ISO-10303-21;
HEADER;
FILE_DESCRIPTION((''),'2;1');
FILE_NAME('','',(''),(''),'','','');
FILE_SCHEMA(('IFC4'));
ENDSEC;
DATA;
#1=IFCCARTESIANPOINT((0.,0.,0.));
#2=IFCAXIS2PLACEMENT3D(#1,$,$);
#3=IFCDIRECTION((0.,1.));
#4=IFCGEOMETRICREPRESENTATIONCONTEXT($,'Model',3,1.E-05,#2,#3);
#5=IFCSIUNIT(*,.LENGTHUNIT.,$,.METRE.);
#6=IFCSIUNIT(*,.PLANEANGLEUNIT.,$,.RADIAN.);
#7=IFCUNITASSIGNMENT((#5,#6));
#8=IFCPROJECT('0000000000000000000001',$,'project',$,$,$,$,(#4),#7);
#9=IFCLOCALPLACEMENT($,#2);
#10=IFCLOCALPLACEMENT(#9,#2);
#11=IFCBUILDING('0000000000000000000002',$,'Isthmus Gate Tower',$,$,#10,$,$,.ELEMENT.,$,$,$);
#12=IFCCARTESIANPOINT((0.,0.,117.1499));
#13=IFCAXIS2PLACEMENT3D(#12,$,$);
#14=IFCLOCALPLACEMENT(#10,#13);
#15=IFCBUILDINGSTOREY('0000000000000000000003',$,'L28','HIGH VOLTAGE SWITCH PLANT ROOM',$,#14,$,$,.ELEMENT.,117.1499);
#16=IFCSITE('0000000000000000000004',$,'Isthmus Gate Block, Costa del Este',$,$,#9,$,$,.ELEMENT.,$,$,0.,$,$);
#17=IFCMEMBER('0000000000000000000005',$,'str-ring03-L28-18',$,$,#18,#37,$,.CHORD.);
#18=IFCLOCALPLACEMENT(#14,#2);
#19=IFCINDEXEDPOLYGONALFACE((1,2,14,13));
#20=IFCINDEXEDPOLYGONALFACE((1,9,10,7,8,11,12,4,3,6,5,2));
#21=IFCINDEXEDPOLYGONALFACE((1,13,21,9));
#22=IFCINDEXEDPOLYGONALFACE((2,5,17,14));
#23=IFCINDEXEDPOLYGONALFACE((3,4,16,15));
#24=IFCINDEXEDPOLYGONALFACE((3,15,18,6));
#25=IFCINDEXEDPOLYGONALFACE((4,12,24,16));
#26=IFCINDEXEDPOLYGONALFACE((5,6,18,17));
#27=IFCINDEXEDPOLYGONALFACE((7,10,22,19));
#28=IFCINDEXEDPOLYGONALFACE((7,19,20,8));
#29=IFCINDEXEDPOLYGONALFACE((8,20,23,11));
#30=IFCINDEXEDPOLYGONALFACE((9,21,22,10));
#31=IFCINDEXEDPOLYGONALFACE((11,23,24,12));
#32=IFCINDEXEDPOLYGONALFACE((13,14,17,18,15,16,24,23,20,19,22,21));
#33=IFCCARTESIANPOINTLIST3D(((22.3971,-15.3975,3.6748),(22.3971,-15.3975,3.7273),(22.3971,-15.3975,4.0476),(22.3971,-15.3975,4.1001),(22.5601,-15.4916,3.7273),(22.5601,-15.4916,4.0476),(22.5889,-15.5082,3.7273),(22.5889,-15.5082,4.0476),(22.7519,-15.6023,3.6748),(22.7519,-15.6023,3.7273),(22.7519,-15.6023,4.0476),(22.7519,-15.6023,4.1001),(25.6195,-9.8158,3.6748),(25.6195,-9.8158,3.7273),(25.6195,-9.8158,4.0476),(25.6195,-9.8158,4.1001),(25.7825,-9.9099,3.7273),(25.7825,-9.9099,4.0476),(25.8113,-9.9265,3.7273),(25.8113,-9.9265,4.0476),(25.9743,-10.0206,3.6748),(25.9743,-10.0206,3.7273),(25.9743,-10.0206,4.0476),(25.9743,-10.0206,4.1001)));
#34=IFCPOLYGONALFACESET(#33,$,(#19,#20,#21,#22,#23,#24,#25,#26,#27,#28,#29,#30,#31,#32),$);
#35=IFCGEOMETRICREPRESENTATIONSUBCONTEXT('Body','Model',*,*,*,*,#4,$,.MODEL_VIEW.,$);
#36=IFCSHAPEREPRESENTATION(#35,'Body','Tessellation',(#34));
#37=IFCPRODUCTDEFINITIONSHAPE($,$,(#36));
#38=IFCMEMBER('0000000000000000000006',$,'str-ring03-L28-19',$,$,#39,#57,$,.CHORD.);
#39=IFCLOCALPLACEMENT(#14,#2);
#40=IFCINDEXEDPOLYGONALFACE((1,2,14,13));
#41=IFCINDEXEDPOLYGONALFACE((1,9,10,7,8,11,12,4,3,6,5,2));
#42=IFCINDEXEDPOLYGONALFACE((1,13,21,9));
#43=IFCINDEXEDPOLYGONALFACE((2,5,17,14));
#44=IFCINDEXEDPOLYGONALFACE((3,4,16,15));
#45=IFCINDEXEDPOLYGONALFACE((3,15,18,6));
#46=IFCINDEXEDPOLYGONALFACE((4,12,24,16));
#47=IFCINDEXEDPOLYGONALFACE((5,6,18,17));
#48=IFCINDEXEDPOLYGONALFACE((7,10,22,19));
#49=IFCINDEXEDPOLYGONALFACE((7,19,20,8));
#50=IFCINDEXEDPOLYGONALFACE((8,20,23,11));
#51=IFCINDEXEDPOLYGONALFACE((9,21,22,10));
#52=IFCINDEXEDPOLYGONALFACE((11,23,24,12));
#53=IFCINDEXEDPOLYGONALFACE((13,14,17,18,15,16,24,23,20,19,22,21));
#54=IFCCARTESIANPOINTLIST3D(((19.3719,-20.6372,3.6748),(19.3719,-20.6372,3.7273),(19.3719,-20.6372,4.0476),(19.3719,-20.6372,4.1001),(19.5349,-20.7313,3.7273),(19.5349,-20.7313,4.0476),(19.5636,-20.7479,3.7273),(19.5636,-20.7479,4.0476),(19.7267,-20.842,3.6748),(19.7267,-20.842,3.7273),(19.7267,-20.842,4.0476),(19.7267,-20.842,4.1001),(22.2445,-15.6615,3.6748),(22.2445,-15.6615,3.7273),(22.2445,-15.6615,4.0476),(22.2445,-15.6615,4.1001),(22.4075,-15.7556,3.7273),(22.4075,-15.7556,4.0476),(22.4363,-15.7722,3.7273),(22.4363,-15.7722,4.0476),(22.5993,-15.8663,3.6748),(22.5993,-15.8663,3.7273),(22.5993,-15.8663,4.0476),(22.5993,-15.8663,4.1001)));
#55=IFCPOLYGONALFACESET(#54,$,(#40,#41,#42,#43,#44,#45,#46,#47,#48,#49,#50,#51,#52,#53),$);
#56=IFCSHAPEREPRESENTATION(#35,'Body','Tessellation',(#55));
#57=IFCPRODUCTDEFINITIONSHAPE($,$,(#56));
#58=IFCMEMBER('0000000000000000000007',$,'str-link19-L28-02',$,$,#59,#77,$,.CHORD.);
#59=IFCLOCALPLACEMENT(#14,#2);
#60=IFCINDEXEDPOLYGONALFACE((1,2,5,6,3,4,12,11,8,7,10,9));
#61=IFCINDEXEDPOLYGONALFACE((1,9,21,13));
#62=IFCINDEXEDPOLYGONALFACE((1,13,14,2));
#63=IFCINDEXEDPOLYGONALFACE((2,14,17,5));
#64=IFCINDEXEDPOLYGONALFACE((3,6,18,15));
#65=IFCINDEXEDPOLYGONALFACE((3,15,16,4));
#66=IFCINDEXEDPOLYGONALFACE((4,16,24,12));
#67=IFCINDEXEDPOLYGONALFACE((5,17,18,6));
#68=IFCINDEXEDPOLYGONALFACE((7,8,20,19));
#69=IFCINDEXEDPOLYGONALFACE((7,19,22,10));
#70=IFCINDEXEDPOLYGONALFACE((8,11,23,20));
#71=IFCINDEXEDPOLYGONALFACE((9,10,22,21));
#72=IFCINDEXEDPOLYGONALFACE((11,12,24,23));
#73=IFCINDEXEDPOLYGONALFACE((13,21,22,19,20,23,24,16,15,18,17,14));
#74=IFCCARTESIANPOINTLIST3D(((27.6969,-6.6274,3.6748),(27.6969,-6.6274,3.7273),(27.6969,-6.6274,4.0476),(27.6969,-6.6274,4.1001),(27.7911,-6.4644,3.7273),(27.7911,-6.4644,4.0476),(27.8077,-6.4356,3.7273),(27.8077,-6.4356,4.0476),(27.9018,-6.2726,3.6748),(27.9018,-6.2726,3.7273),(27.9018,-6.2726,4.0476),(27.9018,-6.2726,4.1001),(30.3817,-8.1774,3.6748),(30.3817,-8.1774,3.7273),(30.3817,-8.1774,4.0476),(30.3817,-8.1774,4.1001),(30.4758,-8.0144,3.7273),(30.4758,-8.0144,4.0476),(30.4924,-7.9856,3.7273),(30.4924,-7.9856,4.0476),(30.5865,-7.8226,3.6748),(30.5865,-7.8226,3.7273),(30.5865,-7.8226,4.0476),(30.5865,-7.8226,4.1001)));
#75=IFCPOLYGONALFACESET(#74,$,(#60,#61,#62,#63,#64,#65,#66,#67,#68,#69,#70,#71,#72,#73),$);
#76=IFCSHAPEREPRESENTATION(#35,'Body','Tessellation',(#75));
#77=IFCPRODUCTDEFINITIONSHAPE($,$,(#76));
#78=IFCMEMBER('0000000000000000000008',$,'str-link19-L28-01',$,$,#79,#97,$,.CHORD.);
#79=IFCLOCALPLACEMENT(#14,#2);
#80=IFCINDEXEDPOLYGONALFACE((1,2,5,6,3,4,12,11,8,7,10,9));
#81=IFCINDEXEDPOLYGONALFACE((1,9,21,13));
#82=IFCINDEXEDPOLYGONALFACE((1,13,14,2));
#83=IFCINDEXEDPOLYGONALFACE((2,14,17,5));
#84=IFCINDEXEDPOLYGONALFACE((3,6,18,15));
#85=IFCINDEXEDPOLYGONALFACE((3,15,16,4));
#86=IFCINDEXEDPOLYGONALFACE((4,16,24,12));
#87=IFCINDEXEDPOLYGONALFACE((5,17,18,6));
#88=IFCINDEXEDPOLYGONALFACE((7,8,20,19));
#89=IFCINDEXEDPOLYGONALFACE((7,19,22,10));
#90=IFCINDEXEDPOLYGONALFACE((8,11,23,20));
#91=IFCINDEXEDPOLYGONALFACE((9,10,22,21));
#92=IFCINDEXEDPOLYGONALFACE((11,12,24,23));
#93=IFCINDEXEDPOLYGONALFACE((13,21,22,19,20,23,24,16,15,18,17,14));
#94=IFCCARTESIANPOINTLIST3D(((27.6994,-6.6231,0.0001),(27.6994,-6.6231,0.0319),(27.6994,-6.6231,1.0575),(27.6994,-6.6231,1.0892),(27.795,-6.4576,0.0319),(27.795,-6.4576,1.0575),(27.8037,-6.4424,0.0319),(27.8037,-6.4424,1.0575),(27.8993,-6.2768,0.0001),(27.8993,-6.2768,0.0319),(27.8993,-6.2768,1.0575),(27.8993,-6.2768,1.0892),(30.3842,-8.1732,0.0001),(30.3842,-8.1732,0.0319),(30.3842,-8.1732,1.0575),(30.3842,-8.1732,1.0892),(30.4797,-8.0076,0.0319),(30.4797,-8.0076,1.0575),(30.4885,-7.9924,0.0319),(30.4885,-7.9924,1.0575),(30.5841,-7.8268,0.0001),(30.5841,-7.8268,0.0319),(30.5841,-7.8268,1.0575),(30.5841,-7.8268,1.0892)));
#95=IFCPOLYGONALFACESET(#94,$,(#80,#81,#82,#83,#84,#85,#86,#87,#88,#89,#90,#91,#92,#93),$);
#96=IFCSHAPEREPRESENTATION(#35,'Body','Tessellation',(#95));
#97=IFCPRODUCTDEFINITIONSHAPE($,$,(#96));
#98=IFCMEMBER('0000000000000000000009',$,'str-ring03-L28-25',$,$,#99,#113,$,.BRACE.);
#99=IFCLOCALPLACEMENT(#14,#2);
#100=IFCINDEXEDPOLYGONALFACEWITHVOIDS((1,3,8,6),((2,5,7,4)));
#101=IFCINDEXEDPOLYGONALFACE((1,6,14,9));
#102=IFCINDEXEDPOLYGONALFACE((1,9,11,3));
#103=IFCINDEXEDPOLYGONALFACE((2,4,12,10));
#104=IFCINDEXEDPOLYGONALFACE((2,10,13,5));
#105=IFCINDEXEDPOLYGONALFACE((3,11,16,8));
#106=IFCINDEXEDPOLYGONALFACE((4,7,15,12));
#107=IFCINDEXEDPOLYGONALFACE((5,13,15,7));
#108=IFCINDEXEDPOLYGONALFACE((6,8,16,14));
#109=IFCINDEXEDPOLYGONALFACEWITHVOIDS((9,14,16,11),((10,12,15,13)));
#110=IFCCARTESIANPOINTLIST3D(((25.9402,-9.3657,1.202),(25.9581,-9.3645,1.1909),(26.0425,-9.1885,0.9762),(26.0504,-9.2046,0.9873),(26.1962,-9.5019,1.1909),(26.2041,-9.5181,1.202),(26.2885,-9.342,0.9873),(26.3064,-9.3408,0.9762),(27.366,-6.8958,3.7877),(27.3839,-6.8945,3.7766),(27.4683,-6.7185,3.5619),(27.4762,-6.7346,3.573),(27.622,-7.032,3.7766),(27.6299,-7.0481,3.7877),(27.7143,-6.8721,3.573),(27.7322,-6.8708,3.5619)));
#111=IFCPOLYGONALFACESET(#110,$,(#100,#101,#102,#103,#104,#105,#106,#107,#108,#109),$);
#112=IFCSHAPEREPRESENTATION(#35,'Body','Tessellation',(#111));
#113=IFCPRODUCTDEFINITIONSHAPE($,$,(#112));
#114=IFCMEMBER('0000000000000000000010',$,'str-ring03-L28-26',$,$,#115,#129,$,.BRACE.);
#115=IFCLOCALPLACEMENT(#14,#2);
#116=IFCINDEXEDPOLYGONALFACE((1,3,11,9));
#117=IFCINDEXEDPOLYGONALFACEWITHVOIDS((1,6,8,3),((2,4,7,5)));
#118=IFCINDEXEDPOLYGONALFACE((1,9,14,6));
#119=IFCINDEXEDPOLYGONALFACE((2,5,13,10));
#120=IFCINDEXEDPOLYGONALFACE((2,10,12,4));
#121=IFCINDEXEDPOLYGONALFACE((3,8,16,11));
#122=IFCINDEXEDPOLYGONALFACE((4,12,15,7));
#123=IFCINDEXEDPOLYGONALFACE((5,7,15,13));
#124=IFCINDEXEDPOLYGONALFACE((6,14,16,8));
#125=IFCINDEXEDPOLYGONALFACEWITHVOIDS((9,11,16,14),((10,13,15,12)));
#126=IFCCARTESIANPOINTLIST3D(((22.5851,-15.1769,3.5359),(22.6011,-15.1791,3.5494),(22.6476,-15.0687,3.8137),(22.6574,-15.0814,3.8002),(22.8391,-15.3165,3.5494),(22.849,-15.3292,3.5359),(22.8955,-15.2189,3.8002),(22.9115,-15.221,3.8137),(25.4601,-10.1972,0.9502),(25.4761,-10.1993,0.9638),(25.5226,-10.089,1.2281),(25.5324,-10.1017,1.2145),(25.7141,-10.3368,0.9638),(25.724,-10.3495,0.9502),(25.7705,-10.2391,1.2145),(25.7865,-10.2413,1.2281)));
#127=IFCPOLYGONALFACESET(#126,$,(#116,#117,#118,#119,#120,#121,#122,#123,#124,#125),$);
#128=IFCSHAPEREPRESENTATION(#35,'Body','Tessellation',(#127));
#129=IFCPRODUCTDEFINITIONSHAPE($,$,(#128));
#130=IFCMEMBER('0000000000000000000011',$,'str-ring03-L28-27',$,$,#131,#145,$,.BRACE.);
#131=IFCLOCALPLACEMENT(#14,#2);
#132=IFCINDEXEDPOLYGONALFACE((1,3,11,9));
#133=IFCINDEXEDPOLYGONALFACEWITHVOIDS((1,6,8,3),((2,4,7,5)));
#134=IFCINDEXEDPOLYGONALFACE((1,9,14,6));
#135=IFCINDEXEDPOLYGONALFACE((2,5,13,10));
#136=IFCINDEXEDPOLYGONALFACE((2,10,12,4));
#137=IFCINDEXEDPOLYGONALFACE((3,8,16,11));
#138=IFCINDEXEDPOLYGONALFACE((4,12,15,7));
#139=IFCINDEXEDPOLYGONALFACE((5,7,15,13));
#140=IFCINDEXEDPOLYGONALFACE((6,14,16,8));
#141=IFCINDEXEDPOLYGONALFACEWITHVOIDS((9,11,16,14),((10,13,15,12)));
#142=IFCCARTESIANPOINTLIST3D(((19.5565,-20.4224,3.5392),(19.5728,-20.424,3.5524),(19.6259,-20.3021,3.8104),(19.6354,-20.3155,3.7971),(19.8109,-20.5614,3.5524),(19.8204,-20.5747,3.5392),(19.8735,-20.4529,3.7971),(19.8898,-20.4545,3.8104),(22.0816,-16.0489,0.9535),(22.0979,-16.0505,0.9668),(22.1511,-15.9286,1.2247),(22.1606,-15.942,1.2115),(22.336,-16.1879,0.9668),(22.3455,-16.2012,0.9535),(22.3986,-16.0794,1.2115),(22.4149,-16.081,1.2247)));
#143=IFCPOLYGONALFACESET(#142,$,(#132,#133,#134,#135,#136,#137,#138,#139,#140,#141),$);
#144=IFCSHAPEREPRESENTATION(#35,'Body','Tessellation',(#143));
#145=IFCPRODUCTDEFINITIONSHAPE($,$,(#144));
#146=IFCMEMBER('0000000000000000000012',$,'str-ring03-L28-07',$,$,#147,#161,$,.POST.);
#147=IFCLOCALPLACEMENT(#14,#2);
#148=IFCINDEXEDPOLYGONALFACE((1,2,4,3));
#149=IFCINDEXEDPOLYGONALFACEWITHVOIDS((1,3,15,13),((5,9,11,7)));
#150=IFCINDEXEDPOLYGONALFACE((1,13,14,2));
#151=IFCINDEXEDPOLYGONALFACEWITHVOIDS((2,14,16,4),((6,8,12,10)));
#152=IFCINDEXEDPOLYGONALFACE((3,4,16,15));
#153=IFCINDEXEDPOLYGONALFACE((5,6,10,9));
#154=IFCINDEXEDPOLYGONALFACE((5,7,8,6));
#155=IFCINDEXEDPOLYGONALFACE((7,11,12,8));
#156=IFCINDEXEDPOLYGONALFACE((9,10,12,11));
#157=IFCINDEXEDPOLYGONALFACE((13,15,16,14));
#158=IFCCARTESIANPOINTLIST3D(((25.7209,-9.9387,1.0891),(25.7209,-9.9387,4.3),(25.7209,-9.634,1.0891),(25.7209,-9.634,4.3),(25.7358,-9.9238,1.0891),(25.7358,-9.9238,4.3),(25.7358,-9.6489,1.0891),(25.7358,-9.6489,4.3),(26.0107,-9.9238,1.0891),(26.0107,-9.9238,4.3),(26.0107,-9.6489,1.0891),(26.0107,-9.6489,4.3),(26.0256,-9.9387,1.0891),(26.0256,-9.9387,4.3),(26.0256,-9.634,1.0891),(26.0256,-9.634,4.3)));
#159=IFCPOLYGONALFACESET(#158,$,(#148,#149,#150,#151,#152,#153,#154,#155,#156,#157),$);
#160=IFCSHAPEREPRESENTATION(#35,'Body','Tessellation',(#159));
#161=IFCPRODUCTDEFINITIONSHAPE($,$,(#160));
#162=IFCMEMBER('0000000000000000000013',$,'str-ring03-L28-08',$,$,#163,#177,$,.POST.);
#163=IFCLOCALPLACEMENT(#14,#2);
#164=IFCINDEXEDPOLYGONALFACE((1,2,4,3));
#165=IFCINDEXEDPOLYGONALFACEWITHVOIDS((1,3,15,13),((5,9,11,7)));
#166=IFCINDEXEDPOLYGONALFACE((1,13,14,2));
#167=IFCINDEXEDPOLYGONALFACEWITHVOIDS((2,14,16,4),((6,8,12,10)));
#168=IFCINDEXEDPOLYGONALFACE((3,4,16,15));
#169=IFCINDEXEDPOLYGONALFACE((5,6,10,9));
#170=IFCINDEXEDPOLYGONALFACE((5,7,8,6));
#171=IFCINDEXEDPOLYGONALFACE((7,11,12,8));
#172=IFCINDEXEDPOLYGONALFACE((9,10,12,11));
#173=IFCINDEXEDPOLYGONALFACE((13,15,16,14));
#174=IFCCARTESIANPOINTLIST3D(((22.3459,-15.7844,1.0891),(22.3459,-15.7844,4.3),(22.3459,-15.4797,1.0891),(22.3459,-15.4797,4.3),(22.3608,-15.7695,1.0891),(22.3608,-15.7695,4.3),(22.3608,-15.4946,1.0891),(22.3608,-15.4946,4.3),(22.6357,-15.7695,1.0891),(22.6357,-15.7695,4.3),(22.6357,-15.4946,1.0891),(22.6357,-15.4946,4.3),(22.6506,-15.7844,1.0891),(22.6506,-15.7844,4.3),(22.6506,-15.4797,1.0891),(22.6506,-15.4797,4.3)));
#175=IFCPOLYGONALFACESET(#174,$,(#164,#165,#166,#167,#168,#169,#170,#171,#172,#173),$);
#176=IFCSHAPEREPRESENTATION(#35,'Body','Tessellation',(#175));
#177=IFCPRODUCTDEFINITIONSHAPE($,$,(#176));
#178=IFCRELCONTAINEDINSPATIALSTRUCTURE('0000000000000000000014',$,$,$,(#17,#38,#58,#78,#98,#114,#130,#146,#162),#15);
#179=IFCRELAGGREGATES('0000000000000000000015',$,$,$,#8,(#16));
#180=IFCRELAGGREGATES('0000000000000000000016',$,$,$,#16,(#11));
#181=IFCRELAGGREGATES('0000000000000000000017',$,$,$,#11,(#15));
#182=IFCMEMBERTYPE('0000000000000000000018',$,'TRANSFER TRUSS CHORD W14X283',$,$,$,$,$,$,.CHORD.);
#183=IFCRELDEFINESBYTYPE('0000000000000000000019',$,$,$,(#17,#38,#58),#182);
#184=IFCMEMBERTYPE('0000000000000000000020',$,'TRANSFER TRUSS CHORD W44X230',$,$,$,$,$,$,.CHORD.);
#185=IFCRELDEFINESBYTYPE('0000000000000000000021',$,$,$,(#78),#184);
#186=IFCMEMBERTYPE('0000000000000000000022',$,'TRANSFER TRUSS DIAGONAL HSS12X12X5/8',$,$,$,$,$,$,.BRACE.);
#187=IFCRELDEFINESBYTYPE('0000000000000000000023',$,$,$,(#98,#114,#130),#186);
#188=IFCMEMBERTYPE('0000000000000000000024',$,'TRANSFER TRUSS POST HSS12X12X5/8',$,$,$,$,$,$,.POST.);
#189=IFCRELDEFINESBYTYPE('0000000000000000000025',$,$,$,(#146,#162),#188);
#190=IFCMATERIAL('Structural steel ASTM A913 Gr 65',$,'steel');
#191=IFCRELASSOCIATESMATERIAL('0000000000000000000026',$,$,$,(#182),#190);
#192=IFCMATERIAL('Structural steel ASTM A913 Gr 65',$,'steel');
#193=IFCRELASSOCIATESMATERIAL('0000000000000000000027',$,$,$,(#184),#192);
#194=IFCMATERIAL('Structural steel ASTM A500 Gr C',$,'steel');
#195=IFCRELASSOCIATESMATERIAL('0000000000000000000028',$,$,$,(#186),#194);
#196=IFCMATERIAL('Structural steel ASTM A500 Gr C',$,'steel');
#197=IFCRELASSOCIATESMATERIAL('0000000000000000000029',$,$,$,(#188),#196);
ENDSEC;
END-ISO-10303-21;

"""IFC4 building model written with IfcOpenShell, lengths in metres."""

from ifc_helpers import new_model, si_unit, direction, frame, origin, origin_2d, place, context, subcontext, project, spatial, hollow_rectangle, i_section, extrude, material, material_profile, profile_set, type_object, element, save


model = new_model("IFC4")

# Units and contexts
model_context = context("Model", 3, precision=1e-05, world=origin(), true_north=direction((0.0, 1.0)))
body_context = subcontext(model_context, "Body", "Model", "MODEL_VIEW")
ifc_project = project(units=[si_unit("LENGTHUNIT", "METRE"), si_unit("PLANEANGLEUNIT", "RADIAN")], contexts=[model_context])

# Site, building, storey
site_placement = place(None, origin())
site = spatial("IfcSite", under=ifc_project, at=site_placement, Name="Isthmus Gate Block, Costa del Este", CompositionType="ELEMENT", RefElevation=0.0)
building_placement = place(site_placement, origin())
building = spatial("IfcBuilding", under=site, at=building_placement, Name="Isthmus Gate Tower", CompositionType="ELEMENT")
storey_placement = place(building_placement, frame((0.0, 0.0, 117.1499)))
storey = spatial("IfcBuildingStorey", under=building, at=storey_placement, Name="L28", Description="HIGH VOLTAGE SWITCH PLANT ROOM", CompositionType="ELEMENT", Elevation=117.1499)

# Members
ifc_material_1 = material(Name="Structural steel ASTM A913 Gr 65", Category="steel")
ifc_material_profile_1 = material_profile(ifc_material_1, i_section(OverallWidth=0.4097, OverallDepth=0.4253, WebThickness=0.0332, FlangeThickness=0.0525, at=origin_2d()), Name="W14X283")
ifc_profile_set_1 = profile_set([ifc_material_profile_1], Name="Structural steel ASTM A913 Gr 65")
member_type_1 = type_object("IfcMemberType", Name="TRANSFER TRUSS CHORD W14X283", PredefinedType="CHORD", material=ifc_profile_set_1)
member_1_placement = place(storey_placement, frame((25.7969, -9.9182, 3.8875), z_axis=(-0.499973, -0.866041, 0.0), x_axis=(0.866041, -0.499973, 0.0)))
element("IfcMember", 1, at=member_1_placement, inside=storey, type_object=member_type_1, Name="str-ring03-L28-18", PredefinedType="CHORD", context=body_context, shape_type="SweptSolid", body=[
    extrude(i_section(OverallWidth=0.4097, OverallDepth=0.4253, WebThickness=0.0332, FlangeThickness=0.0525, at=origin_2d()), origin(), (0.0, 0.0, 1.0), 6.4451),
])
member_2_placement = place(storey_placement, frame((22.4219, -15.7639, 3.8875), z_axis=(-0.499987, -0.866033, 0.0), x_axis=(0.866033, -0.499987, 0.0)))
element("IfcMember", 2, at=member_2_placement, inside=storey, type_object=member_type_1, Name="str-ring03-L28-19", PredefinedType="CHORD", context=body_context, shape_type="SweptSolid", body=[
    extrude(i_section(OverallWidth=0.4097, OverallDepth=0.4253, WebThickness=0.0332, FlangeThickness=0.0525, at=origin_2d()), origin(), (0.0, 0.0, 1.0), 5.7454),
])
member_3_placement = place(storey_placement, frame((30.4841, -8.0, 3.8875), z_axis=(-0.86603, 0.499993, 0.0), x_axis=(-0.499993, -0.86603, 0.0)))
element("IfcMember", 3, at=member_3_placement, inside=storey, type_object=member_type_1, Name="str-link19-L28-02", PredefinedType="CHORD", context=body_context, shape_type="SweptSolid", body=[
    extrude(i_section(OverallWidth=0.4097, OverallDepth=0.4253, WebThickness=0.0332, FlangeThickness=0.0525, at=origin_2d()), origin(), (0.0, 0.0, 1.0), 3.1001),
])
ifc_material_2 = material(Name="Structural steel ASTM A913 Gr 65", Category="steel")
ifc_material_profile_2 = material_profile(ifc_material_2, i_section(OverallWidth=0.3999, OverallDepth=1.0891, WebThickness=0.0176, FlangeThickness=0.0317, at=origin_2d()), Name="W44X230")
ifc_profile_set_2 = profile_set([ifc_material_profile_2], Name="Structural steel ASTM A913 Gr 65")
member_type_2 = type_object("IfcMemberType", Name="TRANSFER TRUSS CHORD W44X230", PredefinedType="CHORD", material=ifc_profile_set_2)
member_4_placement = place(storey_placement, frame((30.4841, -8.0, 0.5447), z_axis=(-0.86603, 0.499993, 0.0), x_axis=(-0.499993, -0.86603, 0.0)))
element("IfcMember", 4, at=member_4_placement, inside=storey, type_object=member_type_2, Name="str-link19-L28-01", PredefinedType="CHORD", context=body_context, shape_type="SweptSolid", body=[
    extrude(i_section(OverallWidth=0.3999, OverallDepth=1.0891, WebThickness=0.0176, FlangeThickness=0.0317, at=origin_2d()), origin(), (0.0, 0.0, 1.0), 3.1001),
])
ifc_material_3 = material(Name="Structural steel ASTM A500 Gr C", Category="steel")
ifc_material_profile_3 = material_profile(ifc_material_3, hollow_rectangle(XDim=0.3047, YDim=0.3047, WallThickness=0.0149, at=origin_2d()), Name="HSS12X12X5/8")
ifc_profile_set_3 = profile_set([ifc_material_profile_3], Name="Structural steel ASTM A500 Gr C")
member_type_3 = type_object("IfcMemberType", Name="TRANSFER TRUSS DIAGONAL HSS12X12X5/8", PredefinedType="BRACE", material=ifc_profile_set_3)
member_5_placement = place(storey_placement, frame((26.1233, -9.3533, 1.0891), z_axis=(0.370371, 0.641618, 0.671679), x_axis=(-0.866064, 0.499932, 0.0)))
element("IfcMember", 5, at=member_5_placement, inside=storey, type_object=member_type_3, Name="str-ring03-L28-25", PredefinedType="BRACE", context=body_context, shape_type="SweptSolid", body=[
    extrude(hollow_rectangle(XDim=0.3047, YDim=0.3047, WallThickness=0.0149, at=origin_2d()), origin(), (0.0, 0.0, 1.0), 3.8496),
])
member_6_placement = place(storey_placement, frame((25.6233, -10.2192, 1.0891), z_axis=(-0.456009, -0.789845, 0.410122), x_axis=(0.866029, -0.499993, 0.0)))
element("IfcMember", 6, at=member_6_placement, inside=storey, type_object=member_type_3, Name="str-ring03-L28-26", PredefinedType="BRACE", context=body_context, shape_type="SweptSolid", body=[
    extrude(hollow_rectangle(XDim=0.3047, YDim=0.3047, WallThickness=0.0149, at=origin_2d()), origin(), (0.0, 0.0, 1.0), 6.3047),
])
member_7_placement = place(storey_placement, frame((22.2483, -16.0649, 1.0891), z_axis=(-0.445068, -0.770854, 0.455739), x_axis=(0.866018, -0.500013, 0.0)))
element("IfcMember", 7, at=member_7_placement, inside=storey, type_object=member_type_3, Name="str-ring03-L28-27", PredefinedType="BRACE", context=body_context, shape_type="SweptSolid", body=[
    extrude(hollow_rectangle(XDim=0.3047, YDim=0.3047, WallThickness=0.0149, at=origin_2d()), origin(), (0.0, 0.0, 1.0), 5.6736),
])
ifc_material_4 = material(Name="Structural steel ASTM A500 Gr C", Category="steel")
ifc_material_profile_4 = material_profile(ifc_material_4, hollow_rectangle(XDim=0.3047, YDim=0.3047, WallThickness=0.0149, at=origin_2d()), Name="HSS12X12X5/8")
ifc_profile_set_4 = profile_set([ifc_material_profile_4], Name="Structural steel ASTM A500 Gr C")
member_type_4 = type_object("IfcMemberType", Name="TRANSFER TRUSS POST HSS12X12X5/8", PredefinedType="POST", material=ifc_profile_set_4)
for number, where, z_axis, x_axis, name in (
    (8, (25.8733, -9.7864, 1.0891), (0.0, 0.0, 1.0), (1.0, 0.0, 0.0), "str-ring03-L28-07"),
    (9, (22.4983, -15.6321, 1.0891), (0.0, 0.0, 1.0), (1.0, 0.0, 0.0), "str-ring03-L28-08"),
):
    element("IfcMember", number, at=place(storey_placement, frame(where, z_axis=z_axis, x_axis=x_axis)), inside=storey, type_object=member_type_4, Name=name, PredefinedType="POST", context=body_context, shape_type="SweptSolid", body=[
        extrude(hollow_rectangle(XDim=0.3047, YDim=0.3047, WallThickness=0.0149, at=origin_2d()), origin(), (0.0, 0.0, 1.0), 3.2109),
    ])

save(model, "model.ifc")
